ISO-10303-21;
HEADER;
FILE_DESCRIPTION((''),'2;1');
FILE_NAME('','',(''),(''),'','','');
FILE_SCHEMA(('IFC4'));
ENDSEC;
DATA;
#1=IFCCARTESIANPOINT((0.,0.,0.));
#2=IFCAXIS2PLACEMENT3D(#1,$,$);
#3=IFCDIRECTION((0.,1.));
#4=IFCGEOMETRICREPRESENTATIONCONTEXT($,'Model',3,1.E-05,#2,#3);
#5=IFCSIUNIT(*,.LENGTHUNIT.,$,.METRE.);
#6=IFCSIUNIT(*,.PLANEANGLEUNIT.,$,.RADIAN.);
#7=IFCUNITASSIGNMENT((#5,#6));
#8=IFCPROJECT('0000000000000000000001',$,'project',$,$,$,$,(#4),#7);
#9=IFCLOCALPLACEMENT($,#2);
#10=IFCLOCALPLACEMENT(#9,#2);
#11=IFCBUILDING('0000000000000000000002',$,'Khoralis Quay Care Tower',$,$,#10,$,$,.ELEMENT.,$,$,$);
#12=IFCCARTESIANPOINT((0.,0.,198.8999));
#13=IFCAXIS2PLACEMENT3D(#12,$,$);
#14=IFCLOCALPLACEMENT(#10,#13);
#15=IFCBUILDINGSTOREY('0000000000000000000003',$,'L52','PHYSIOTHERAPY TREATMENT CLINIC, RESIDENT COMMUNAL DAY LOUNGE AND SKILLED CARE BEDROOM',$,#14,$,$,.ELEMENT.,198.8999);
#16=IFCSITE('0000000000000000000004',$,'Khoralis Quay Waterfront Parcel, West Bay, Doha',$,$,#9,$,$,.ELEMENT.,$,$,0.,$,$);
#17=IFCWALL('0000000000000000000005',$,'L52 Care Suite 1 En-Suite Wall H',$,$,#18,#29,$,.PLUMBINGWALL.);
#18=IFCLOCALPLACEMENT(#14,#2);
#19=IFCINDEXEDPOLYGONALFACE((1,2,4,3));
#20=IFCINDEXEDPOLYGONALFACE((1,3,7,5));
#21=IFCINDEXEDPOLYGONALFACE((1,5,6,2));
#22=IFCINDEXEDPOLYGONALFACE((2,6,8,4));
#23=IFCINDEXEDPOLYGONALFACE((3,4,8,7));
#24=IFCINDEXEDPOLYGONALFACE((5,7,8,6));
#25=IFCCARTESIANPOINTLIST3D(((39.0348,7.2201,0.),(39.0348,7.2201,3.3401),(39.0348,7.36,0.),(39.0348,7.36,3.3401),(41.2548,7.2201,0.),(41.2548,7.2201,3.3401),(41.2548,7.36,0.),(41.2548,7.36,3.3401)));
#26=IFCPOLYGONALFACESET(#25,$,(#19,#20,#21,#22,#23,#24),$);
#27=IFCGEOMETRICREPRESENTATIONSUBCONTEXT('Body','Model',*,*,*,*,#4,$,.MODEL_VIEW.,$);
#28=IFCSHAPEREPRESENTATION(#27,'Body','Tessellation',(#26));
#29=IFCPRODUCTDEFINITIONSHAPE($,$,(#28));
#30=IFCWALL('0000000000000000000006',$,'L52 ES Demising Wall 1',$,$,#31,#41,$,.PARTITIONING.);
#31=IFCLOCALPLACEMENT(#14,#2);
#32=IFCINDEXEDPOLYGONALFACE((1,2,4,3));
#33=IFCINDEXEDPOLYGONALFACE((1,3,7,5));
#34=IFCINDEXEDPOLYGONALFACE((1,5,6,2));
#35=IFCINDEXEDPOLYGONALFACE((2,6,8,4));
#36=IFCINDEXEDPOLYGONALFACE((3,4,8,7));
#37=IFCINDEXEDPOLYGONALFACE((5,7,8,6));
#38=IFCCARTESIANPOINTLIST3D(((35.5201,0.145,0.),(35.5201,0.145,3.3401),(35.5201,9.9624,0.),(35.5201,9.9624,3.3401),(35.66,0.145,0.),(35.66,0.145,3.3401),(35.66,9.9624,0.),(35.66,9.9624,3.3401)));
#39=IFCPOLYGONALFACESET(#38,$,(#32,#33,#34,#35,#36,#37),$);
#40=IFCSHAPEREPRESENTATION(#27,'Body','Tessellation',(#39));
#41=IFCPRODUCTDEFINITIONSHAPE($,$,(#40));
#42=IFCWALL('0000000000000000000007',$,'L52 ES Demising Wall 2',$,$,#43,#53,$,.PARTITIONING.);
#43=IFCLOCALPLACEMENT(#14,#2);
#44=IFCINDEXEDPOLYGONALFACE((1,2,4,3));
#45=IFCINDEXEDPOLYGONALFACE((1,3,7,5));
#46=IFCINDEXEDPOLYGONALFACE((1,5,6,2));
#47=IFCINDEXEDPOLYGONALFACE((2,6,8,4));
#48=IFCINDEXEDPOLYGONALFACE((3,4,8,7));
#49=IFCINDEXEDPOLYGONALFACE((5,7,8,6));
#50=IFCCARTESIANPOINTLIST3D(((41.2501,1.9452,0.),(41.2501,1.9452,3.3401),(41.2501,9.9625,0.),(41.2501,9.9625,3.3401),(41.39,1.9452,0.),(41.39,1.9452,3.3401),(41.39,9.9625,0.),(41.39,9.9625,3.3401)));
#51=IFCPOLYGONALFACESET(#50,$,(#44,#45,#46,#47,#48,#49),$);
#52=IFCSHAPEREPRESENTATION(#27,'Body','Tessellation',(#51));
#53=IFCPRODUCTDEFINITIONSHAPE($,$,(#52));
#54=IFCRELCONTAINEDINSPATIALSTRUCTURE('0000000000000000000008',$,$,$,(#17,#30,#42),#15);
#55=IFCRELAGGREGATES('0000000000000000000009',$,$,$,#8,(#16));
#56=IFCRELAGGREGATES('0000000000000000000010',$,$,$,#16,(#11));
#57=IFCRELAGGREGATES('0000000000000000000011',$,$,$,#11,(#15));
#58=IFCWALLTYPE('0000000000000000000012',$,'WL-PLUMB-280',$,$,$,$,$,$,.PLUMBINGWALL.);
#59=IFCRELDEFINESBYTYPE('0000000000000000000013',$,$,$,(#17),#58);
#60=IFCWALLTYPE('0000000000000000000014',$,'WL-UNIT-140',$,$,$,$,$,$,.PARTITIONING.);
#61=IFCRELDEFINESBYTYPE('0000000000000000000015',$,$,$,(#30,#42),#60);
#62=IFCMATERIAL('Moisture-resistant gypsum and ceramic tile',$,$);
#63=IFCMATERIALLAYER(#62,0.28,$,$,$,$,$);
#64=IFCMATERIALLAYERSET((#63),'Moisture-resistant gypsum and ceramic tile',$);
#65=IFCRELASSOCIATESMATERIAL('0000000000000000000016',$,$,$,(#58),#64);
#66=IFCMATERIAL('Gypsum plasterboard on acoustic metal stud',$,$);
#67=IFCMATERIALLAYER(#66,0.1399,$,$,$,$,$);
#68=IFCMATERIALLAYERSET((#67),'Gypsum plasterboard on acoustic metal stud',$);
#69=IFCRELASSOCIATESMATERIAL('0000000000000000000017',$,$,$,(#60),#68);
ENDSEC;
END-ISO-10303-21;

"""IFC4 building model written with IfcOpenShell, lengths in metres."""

from ifc_helpers import new_model, si_unit, direction, frame, frame_2d, origin, place, context, subcontext, project, spatial, rectangle, extrude, material, layer, layer_set, type_object, element, save


model = new_model("IFC4")

# Units and contexts
model_context = context("Model", 3, precision=1e-05, world=origin(), true_north=direction((0.0, 1.0)))
body_context = subcontext(model_context, "Body", "Model", "MODEL_VIEW")
ifc_project = project(units=[si_unit("LENGTHUNIT", "METRE"), si_unit("PLANEANGLEUNIT", "RADIAN")], contexts=[model_context])

# Site, building, storey
site_placement = place(None, origin())
site = spatial("IfcSite", under=ifc_project, at=site_placement, Name="Khoralis Quay Waterfront Parcel, West Bay, Doha", CompositionType="ELEMENT", RefElevation=0.0)
building_placement = place(site_placement, origin())
building = spatial("IfcBuilding", under=site, at=building_placement, Name="Khoralis Quay Care Tower", CompositionType="ELEMENT")
storey_placement = place(building_placement, frame((0.0, 0.0, 198.8999)))
storey = spatial("IfcBuildingStorey", under=building, at=storey_placement, Name="L52", Description="PHYSIOTHERAPY TREATMENT CLINIC, RESIDENT COMMUNAL DAY LOUNGE AND SKILLED CARE BEDROOM", CompositionType="ELEMENT", Elevation=198.8999)

# Shared definitions
ifc_material_1 = material(Name="Moisture-resistant gypsum and ceramic tile")
ifc_layer_1 = layer(ifc_material_1, 0.28)
ifc_layer_set_1 = layer_set([ifc_layer_1], Name="Moisture-resistant gypsum and ceramic tile")
wall_type_1 = type_object("IfcWallType", Name="WL-PLUMB-280", PredefinedType="PLUMBINGWALL", material=ifc_layer_set_1)

# Walls
wall_1_placement = place(storey_placement, frame((39.0349, 7.29, 0.0), z_axis=(0.0, 0.0, 1.0), x_axis=(1.0, 0.0, 0.0)))
element("IfcWall", 1, at=wall_1_placement, inside=storey, type_object=wall_type_1, Name="L52 Care Suite 1 En-Suite Wall H", PredefinedType="PLUMBINGWALL", context=body_context, shape_type="SweptSolid", body=[
    extrude(rectangle(XDim=2.22, YDim=0.1399, at=frame_2d((1.1099, 0.0))), origin(), (0.0, 0.0, 1.0), 3.3401),
])
ifc_material_2 = material(Name="Gypsum plasterboard on acoustic metal stud")
ifc_layer_2 = layer(ifc_material_2, 0.1399)
ifc_layer_set_2 = layer_set([ifc_layer_2], Name="Gypsum plasterboard on acoustic metal stud")
wall_type_2 = type_object("IfcWallType", Name="WL-UNIT-140", PredefinedType="PARTITIONING", material=ifc_layer_set_2)
wall_2_placement = place(storey_placement, frame((35.5901, 0.145, 0.0), z_axis=(0.0, 0.0, 1.0), x_axis=(0.0, 1.0, 0.0)))
element("IfcWall", 2, at=wall_2_placement, inside=storey, type_object=wall_type_2, Name="L52 ES Demising Wall 1", PredefinedType="PARTITIONING", context=body_context, shape_type="SweptSolid", body=[
    extrude(rectangle(XDim=9.8174, YDim=0.1399, at=frame_2d((4.9087, 0.0))), origin(), (0.0, 0.0, 1.0), 3.3401),
])
wall_3_placement = place(storey_placement, frame((41.3201, 1.9451, 0.0), z_axis=(0.0, 0.0, 1.0), x_axis=(0.0, 1.0, 0.0)))
element("IfcWall", 3, at=wall_3_placement, inside=storey, type_object=wall_type_2, Name="L52 ES Demising Wall 2", PredefinedType="PARTITIONING", context=body_context, shape_type="SweptSolid", body=[
    extrude(rectangle(XDim=8.0173, YDim=0.1399, at=frame_2d((4.0088, 0.0))), origin(), (0.0, 0.0, 1.0), 3.3401),
])

save(model, "model.ifc")
